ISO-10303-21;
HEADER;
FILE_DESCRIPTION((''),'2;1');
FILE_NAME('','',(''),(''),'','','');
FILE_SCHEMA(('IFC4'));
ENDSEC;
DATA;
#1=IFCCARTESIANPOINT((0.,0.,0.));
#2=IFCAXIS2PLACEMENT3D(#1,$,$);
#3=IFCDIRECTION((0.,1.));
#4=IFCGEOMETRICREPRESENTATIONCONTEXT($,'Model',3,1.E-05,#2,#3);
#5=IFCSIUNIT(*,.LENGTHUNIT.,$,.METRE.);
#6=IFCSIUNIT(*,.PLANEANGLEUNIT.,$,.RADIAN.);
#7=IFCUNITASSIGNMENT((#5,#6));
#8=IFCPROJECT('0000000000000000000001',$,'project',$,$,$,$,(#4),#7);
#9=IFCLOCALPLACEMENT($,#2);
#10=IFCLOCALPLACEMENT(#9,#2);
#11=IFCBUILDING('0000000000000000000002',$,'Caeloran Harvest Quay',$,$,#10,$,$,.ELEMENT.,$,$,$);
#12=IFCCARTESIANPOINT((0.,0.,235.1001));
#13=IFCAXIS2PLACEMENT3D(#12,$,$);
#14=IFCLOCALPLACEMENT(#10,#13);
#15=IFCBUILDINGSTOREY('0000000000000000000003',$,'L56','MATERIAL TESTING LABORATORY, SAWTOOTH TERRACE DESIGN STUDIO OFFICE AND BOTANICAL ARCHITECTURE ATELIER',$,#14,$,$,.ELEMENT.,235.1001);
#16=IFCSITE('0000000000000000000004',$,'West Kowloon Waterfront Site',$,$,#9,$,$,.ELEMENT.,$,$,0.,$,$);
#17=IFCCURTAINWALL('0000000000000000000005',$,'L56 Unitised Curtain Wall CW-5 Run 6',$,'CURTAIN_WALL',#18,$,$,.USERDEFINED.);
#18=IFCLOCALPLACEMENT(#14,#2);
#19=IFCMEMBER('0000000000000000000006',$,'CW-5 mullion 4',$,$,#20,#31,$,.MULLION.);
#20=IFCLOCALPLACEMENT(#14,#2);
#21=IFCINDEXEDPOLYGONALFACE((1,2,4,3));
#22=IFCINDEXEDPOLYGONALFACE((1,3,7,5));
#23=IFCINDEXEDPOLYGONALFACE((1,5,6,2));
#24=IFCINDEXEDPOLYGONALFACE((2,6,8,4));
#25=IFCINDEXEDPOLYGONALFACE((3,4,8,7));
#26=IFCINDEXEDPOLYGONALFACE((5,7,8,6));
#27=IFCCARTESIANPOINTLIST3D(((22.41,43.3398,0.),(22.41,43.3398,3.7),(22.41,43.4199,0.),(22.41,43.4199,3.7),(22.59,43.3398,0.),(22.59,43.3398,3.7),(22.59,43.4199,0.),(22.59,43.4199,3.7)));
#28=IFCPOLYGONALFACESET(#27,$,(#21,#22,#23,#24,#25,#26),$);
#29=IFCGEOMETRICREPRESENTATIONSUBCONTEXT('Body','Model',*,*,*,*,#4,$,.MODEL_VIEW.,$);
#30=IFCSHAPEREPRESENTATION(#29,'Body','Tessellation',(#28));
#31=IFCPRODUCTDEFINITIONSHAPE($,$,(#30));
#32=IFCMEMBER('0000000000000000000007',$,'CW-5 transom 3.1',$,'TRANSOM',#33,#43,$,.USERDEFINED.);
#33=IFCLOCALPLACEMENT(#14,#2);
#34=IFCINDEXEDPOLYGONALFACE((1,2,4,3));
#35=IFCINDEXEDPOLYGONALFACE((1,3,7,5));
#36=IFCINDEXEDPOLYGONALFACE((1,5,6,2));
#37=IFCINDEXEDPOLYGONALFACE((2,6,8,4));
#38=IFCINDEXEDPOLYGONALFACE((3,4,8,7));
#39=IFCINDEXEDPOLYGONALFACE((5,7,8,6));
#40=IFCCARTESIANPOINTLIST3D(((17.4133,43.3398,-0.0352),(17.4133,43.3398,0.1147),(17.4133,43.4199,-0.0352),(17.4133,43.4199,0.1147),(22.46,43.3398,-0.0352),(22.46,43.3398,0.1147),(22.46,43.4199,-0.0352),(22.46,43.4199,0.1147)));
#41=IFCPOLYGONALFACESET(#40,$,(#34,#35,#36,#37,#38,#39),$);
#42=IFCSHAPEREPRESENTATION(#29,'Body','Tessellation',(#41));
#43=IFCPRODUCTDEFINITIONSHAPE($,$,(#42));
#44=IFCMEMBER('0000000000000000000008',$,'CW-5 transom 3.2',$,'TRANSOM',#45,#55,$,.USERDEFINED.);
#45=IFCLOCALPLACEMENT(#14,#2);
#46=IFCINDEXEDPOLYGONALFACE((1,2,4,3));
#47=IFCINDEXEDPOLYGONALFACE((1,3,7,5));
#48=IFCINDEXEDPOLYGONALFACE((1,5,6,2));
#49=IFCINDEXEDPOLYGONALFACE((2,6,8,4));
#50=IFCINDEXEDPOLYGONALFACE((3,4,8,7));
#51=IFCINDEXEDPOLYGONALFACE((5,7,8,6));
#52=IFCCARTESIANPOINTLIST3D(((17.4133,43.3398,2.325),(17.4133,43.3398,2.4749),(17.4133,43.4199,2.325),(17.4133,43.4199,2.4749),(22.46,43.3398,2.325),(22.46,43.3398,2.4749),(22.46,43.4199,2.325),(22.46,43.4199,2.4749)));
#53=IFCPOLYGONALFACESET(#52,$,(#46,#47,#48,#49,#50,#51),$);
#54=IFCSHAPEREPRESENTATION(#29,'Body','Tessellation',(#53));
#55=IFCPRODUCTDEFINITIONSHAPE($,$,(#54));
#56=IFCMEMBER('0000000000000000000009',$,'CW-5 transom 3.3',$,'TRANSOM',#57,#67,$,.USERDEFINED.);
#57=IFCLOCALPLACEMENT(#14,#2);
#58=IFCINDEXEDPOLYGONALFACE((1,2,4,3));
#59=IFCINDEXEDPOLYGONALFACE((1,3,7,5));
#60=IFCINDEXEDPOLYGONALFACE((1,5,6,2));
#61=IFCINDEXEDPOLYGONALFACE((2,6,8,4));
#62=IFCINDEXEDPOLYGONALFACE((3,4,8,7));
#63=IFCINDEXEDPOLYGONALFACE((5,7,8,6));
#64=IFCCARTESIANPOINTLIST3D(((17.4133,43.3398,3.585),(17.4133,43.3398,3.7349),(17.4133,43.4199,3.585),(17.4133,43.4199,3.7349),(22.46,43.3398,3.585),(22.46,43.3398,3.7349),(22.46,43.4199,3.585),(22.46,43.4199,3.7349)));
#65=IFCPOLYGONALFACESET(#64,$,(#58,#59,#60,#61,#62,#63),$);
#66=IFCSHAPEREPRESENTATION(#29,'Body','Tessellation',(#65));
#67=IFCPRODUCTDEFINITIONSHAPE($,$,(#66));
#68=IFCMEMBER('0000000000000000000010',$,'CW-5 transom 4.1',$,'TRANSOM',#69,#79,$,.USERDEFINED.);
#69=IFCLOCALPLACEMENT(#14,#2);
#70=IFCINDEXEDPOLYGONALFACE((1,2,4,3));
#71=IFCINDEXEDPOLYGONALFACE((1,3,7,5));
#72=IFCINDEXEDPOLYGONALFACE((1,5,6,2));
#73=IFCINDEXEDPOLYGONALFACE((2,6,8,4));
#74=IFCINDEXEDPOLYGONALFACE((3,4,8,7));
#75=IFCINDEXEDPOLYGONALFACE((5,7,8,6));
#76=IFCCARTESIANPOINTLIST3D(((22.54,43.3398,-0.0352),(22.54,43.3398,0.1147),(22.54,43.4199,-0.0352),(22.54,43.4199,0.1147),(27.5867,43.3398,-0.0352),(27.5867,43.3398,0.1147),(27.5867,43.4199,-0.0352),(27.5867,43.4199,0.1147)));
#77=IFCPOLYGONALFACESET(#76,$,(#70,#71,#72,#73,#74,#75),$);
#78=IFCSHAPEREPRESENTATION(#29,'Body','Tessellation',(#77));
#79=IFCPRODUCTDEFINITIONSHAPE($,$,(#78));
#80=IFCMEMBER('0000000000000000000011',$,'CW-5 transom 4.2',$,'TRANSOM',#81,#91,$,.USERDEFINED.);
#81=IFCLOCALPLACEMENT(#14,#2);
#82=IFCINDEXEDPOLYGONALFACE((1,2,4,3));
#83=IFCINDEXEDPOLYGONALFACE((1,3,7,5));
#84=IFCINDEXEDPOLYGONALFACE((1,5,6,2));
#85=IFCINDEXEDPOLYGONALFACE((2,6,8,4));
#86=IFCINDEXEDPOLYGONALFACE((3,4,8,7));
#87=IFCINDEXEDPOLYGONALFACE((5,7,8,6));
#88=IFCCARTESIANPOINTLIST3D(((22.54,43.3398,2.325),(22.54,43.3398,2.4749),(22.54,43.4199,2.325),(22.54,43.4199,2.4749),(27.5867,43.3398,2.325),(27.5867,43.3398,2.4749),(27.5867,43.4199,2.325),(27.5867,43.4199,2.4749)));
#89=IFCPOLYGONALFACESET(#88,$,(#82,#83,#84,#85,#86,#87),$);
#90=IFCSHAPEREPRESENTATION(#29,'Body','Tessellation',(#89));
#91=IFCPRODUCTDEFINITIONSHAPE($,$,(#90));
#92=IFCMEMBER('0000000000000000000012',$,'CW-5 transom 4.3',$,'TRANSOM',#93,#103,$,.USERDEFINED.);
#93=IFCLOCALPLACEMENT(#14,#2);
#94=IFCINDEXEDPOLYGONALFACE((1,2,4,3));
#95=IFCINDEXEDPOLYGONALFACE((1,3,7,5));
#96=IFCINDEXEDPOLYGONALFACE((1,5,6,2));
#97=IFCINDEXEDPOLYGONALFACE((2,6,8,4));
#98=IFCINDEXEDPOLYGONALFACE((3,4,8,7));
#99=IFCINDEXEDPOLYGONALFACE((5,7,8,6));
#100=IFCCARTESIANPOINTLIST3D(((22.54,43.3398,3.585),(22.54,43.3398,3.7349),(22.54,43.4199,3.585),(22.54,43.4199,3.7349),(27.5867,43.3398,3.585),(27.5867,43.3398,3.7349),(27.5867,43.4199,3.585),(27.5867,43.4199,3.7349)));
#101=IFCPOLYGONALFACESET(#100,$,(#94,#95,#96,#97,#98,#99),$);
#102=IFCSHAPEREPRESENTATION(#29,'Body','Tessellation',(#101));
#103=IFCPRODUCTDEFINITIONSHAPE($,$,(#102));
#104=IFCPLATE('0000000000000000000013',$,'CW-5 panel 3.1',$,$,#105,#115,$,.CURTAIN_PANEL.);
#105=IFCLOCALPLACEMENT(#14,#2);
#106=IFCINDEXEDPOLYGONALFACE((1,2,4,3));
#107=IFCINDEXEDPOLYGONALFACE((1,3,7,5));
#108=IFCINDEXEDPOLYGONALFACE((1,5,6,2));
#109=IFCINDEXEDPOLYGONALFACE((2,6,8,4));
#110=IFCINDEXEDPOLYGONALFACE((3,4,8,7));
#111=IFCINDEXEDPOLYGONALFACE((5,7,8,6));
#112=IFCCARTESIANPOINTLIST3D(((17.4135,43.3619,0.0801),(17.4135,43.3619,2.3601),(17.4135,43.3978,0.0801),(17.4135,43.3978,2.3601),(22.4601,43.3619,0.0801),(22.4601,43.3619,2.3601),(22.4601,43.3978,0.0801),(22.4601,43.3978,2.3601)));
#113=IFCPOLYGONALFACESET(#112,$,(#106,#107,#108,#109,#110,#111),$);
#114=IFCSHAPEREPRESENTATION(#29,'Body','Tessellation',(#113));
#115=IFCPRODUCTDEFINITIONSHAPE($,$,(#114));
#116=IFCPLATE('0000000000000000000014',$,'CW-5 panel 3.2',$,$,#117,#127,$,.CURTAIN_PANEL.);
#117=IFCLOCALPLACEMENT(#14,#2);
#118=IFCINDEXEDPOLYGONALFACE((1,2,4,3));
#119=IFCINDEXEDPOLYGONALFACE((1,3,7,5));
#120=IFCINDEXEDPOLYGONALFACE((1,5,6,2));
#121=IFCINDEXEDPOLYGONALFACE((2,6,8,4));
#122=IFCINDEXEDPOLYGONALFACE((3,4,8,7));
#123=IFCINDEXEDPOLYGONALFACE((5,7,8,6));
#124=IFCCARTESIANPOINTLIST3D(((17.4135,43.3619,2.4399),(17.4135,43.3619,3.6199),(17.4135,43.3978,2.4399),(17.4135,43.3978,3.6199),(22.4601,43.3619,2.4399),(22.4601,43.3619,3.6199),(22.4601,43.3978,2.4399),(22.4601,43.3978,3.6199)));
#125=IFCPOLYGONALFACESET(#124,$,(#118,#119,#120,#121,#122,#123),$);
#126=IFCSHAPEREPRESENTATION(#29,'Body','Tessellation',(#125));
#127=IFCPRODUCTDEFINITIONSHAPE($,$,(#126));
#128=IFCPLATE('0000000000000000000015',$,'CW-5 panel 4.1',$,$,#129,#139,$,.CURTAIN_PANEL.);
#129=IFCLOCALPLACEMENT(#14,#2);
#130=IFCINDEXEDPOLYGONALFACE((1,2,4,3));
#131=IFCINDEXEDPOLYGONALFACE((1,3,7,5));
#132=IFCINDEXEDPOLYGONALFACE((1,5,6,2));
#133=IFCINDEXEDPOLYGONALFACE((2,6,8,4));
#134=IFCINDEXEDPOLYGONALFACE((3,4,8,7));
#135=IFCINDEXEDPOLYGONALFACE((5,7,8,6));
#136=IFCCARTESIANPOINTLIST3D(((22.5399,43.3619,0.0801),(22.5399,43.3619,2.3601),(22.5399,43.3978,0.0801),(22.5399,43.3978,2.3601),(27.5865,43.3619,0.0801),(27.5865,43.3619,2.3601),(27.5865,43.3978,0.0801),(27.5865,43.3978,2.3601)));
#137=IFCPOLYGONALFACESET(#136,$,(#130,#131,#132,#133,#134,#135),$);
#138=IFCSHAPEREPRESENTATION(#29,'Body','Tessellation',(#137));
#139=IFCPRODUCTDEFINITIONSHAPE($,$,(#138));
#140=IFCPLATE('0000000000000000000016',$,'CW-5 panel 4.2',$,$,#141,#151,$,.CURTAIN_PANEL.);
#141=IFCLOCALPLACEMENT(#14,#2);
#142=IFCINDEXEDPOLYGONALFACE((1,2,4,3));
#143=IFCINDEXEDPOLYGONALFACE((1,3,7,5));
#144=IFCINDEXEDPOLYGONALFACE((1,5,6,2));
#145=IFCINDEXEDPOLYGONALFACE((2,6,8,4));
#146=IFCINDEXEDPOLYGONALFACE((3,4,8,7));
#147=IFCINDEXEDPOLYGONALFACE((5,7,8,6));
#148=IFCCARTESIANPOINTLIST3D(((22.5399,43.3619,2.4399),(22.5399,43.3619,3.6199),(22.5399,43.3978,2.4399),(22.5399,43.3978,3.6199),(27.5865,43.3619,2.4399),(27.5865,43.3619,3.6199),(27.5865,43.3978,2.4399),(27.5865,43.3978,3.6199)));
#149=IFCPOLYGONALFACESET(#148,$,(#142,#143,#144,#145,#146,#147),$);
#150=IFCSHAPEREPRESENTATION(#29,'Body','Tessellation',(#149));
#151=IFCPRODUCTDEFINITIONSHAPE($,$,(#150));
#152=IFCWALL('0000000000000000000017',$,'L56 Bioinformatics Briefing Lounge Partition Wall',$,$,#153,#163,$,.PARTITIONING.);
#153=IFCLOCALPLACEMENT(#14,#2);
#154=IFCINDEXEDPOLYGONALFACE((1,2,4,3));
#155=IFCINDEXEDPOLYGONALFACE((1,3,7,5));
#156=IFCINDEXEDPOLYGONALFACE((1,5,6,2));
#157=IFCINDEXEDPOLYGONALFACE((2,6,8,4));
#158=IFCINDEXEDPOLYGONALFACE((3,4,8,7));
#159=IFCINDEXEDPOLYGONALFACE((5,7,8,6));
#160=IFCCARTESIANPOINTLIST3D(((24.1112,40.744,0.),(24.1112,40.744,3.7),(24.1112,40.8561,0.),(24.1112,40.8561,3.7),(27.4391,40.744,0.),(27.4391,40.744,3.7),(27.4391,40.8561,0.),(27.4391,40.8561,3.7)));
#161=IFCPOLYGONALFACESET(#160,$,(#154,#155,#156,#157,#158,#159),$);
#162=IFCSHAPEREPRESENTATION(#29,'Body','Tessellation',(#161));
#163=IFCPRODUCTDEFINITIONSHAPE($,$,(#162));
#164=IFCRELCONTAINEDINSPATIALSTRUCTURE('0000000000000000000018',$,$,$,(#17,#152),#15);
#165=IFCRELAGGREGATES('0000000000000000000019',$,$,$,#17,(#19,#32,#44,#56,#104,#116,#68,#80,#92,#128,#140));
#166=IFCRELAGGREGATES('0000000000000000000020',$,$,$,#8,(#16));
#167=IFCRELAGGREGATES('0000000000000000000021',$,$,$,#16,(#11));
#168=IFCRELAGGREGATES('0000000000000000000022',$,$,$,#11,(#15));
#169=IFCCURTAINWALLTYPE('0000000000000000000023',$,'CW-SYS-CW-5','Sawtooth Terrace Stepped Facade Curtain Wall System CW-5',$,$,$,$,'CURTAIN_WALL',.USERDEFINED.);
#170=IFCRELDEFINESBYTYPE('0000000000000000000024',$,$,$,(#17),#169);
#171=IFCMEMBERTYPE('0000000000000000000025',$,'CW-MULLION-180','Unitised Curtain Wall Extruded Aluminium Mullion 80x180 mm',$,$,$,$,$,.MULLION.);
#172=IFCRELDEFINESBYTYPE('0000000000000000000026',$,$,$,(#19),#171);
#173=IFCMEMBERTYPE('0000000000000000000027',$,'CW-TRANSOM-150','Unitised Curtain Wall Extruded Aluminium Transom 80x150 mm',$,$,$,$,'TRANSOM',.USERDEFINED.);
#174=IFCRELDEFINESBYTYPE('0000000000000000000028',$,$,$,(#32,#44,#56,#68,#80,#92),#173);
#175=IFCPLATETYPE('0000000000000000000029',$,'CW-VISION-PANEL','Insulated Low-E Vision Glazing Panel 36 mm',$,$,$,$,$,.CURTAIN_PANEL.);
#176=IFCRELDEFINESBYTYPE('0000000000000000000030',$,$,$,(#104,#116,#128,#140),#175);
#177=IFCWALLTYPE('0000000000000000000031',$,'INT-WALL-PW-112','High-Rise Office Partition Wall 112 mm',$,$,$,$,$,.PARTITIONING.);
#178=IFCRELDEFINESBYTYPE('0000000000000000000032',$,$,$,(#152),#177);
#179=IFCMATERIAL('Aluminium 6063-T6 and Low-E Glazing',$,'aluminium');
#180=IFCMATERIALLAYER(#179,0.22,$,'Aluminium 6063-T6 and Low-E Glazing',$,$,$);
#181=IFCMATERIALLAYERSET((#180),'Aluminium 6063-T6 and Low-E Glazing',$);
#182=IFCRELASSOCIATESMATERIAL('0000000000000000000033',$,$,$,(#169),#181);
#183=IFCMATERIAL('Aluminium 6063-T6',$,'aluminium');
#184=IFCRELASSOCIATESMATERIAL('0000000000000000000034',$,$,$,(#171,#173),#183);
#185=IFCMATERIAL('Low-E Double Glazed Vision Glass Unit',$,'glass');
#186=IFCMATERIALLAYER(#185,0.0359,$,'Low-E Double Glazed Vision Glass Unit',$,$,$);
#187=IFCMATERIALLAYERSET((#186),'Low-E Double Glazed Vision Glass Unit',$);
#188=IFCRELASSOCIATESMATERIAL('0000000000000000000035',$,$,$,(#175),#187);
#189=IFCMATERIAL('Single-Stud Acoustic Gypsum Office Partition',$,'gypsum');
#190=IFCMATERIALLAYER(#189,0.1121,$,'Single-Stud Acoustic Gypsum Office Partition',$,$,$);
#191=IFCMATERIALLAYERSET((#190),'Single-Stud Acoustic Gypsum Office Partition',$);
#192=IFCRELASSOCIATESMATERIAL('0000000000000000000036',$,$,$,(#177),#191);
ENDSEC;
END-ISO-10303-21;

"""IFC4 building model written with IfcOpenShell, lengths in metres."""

from ifc_helpers import new_model, si_unit, direction, frame, frame_2d, origin, origin_2d, place, context, subcontext, project, spatial, rectangle, extrude, material, layer, layer_set, material_profile, profile_set, type_object, element, aggregate, save


model = new_model("IFC4")

# Units and contexts
model_context = context("Model", 3, precision=1e-05, world=origin(), true_north=direction((0.0, 1.0)))
body_context = subcontext(model_context, "Body", "Model", "MODEL_VIEW")
ifc_project = project(units=[si_unit("LENGTHUNIT", "METRE"), si_unit("PLANEANGLEUNIT", "RADIAN")], contexts=[model_context])

# Site, building, storey
site_placement = place(None, origin())
site = spatial("IfcSite", under=ifc_project, at=site_placement, Name="West Kowloon Waterfront Site", CompositionType="ELEMENT", RefElevation=0.0)
building_placement = place(site_placement, origin())
building = spatial("IfcBuilding", under=site, at=building_placement, Name="Caeloran Harvest Quay", CompositionType="ELEMENT")
storey_placement = place(building_placement, frame((0.0, 0.0, 235.1001)))
storey = spatial("IfcBuildingStorey", under=building, at=storey_placement, Name="L56", Description="MATERIAL TESTING LABORATORY, SAWTOOTH TERRACE DESIGN STUDIO OFFICE AND BOTANICAL ARCHITECTURE ATELIER", CompositionType="ELEMENT", Elevation=235.1001)

# Curtain wall, members, plates
ifc_material_1 = material(Name="Aluminium 6063-T6 and Low-E Glazing", Category="aluminium")
ifc_layer_1 = layer(ifc_material_1, 0.22, Name="Aluminium 6063-T6 and Low-E Glazing")
ifc_layer_set_1 = layer_set([ifc_layer_1], Name="Aluminium 6063-T6 and Low-E Glazing")
curtain_wall_type = type_object("IfcCurtainWallType", Name="CW-SYS-CW-5", Description="Sawtooth Terrace Stepped Facade Curtain Wall System CW-5", ElementType="CURTAIN_WALL", PredefinedType="USERDEFINED", material=ifc_layer_set_1)
curtain_wall_placement = place(storey_placement, origin())
curtain_wall = element("IfcCurtainWall", 1, at=curtain_wall_placement, inside=storey, type_object=curtain_wall_type, Name="L56 Unitised Curtain Wall CW-5 Run 6", ObjectType="CURTAIN_WALL", PredefinedType="USERDEFINED")
ifc_material_2 = material(Name="Aluminium 6063-T6", Category="aluminium")
ifc_material_profile_1 = material_profile(ifc_material_2, rectangle(XDim=0.0801, YDim=0.1799, at=origin_2d()), Name="CW-MULLION-180")
ifc_profile_set_1 = profile_set([ifc_material_profile_1], Name="Aluminium 6063-T6")
member_type_1 = type_object("IfcMemberType", Name="CW-MULLION-180", Description="Unitised Curtain Wall Extruded Aluminium Mullion 80x180 mm", PredefinedType="MULLION", material=ifc_profile_set_1)
member_1_placement = place(storey_placement, frame((22.5, 43.3799, 0.0), z_axis=(0.0, 0.0, 1.0), x_axis=(0.0, 1.0, 0.0)))
member_1 = element("IfcMember", 2, at=member_1_placement, type_object=member_type_1, Name="CW-5 mullion 4", PredefinedType="MULLION", context=body_context, shape_type="SweptSolid", body=[
    extrude(rectangle(XDim=0.0801, YDim=0.1799, at=origin_2d()), origin(), (0.0, 0.0, 1.0), 3.7),
])
ifc_material_profile_2 = material_profile(ifc_material_2, rectangle(XDim=0.0801, YDim=0.1499, at=origin_2d()), Name="CW-TRANSOM-150")
ifc_profile_set_2 = profile_set([ifc_material_profile_2], Name="Aluminium 6063-T6")
member_type_2 = type_object("IfcMemberType", Name="CW-TRANSOM-150", Description="Unitised Curtain Wall Extruded Aluminium Transom 80x150 mm", ElementType="TRANSOM", PredefinedType="USERDEFINED", material=ifc_profile_set_2)
member_2_placement = place(storey_placement, frame((17.4133, 43.3799, 0.0398), z_axis=(1.0, 0.0, 0.0), x_axis=(0.0, 1.0, 0.0)))
member_2 = element("IfcMember", 3, at=member_2_placement, type_object=member_type_2, Name="CW-5 transom 3.1", ObjectType="TRANSOM", PredefinedType="USERDEFINED", context=body_context, shape_type="SweptSolid", body=[
    extrude(rectangle(XDim=0.0801, YDim=0.1499, at=origin_2d()), origin(), (0.0, 0.0, 1.0), 5.0466),
])
member_3_placement = place(storey_placement, frame((17.4133, 43.3799, 2.3999), z_axis=(1.0, 0.0, 0.0), x_axis=(0.0, 1.0, 0.0)))
member_3 = element("IfcMember", 4, at=member_3_placement, type_object=member_type_2, Name="CW-5 transom 3.2", ObjectType="TRANSOM", PredefinedType="USERDEFINED", context=body_context, shape_type="SweptSolid", body=[
    extrude(rectangle(XDim=0.0801, YDim=0.1499, at=origin_2d()), origin(), (0.0, 0.0, 1.0), 5.0466),
])
member_4_placement = place(storey_placement, frame((17.4133, 43.3799, 3.6599), z_axis=(1.0, 0.0, 0.0), x_axis=(0.0, 1.0, 0.0)))
member_4 = element("IfcMember", 5, at=member_4_placement, type_object=member_type_2, Name="CW-5 transom 3.3", ObjectType="TRANSOM", PredefinedType="USERDEFINED", context=body_context, shape_type="SweptSolid", body=[
    extrude(rectangle(XDim=0.0801, YDim=0.1499, at=origin_2d()), origin(), (0.0, 0.0, 1.0), 5.0466),
])
member_5_placement = place(storey_placement, frame((22.54, 43.3799, 0.0398), z_axis=(1.0, 0.0, 0.0), x_axis=(0.0, 1.0, 0.0)))
member_5 = element("IfcMember", 6, at=member_5_placement, type_object=member_type_2, Name="CW-5 transom 4.1", ObjectType="TRANSOM", PredefinedType="USERDEFINED", context=body_context, shape_type="SweptSolid", body=[
    extrude(rectangle(XDim=0.0801, YDim=0.1499, at=origin_2d()), origin(), (0.0, 0.0, 1.0), 5.0466),
])
member_6_placement = place(storey_placement, frame((22.54, 43.3799, 2.3999), z_axis=(1.0, 0.0, 0.0), x_axis=(0.0, 1.0, 0.0)))
member_6 = element("IfcMember", 7, at=member_6_placement, type_object=member_type_2, Name="CW-5 transom 4.2", ObjectType="TRANSOM", PredefinedType="USERDEFINED", context=body_context, shape_type="SweptSolid", body=[
    extrude(rectangle(XDim=0.0801, YDim=0.1499, at=origin_2d()), origin(), (0.0, 0.0, 1.0), 5.0466),
])
member_7_placement = place(storey_placement, frame((22.54, 43.3799, 3.6599), z_axis=(1.0, 0.0, 0.0), x_axis=(0.0, 1.0, 0.0)))
member_7 = element("IfcMember", 8, at=member_7_placement, type_object=member_type_2, Name="CW-5 transom 4.3", ObjectType="TRANSOM", PredefinedType="USERDEFINED", context=body_context, shape_type="SweptSolid", body=[
    extrude(rectangle(XDim=0.0801, YDim=0.1499, at=origin_2d()), origin(), (0.0, 0.0, 1.0), 5.0466),
])
ifc_material_3 = material(Name="Low-E Double Glazed Vision Glass Unit", Category="glass")
ifc_layer_2 = layer(ifc_material_3, 0.0359, Name="Low-E Double Glazed Vision Glass Unit")
ifc_layer_set_2 = layer_set([ifc_layer_2], Name="Low-E Double Glazed Vision Glass Unit")
plate_type = type_object("IfcPlateType", Name="CW-VISION-PANEL", Description="Insulated Low-E Vision Glazing Panel 36 mm", PredefinedType="CURTAIN_PANEL", material=ifc_layer_set_2)
plate_1_placement = place(storey_placement, frame((19.9368, 43.3799, 0.0801), z_axis=(0.0, 0.0, 1.0), x_axis=(1.0, 0.0, 0.0)))
plate_1 = element("IfcPlate", 9, at=plate_1_placement, type_object=plate_type, Name="CW-5 panel 3.1", PredefinedType="CURTAIN_PANEL", context=body_context, shape_type="SweptSolid", body=[
    extrude(rectangle(XDim=5.0466, YDim=0.0359, at=origin_2d()), origin(), (0.0, 0.0, 1.0), 2.28),
])
plate_2_placement = place(storey_placement, frame((19.9368, 43.3799, 2.4399), z_axis=(0.0, 0.0, 1.0), x_axis=(1.0, 0.0, 0.0)))
plate_2 = element("IfcPlate", 10, at=plate_2_placement, type_object=plate_type, Name="CW-5 panel 3.2", PredefinedType="CURTAIN_PANEL", context=body_context, shape_type="SweptSolid", body=[
    extrude(rectangle(XDim=5.0466, YDim=0.0359, at=origin_2d()), origin(), (0.0, 0.0, 1.0), 1.1799),
])
plate_3_placement = place(storey_placement, frame((25.0632, 43.3799, 0.0801), z_axis=(0.0, 0.0, 1.0), x_axis=(1.0, 0.0, 0.0)))
plate_3 = element("IfcPlate", 11, at=plate_3_placement, type_object=plate_type, Name="CW-5 panel 4.1", PredefinedType="CURTAIN_PANEL", context=body_context, shape_type="SweptSolid", body=[
    extrude(rectangle(XDim=5.0466, YDim=0.0359, at=origin_2d()), origin(), (0.0, 0.0, 1.0), 2.28),
])
plate_4_placement = place(storey_placement, frame((25.0632, 43.3799, 2.4399), z_axis=(0.0, 0.0, 1.0), x_axis=(1.0, 0.0, 0.0)))
plate_4 = element("IfcPlate", 12, at=plate_4_placement, type_object=plate_type, Name="CW-5 panel 4.2", PredefinedType="CURTAIN_PANEL", context=body_context, shape_type="SweptSolid", body=[
    extrude(rectangle(XDim=5.0466, YDim=0.0359, at=origin_2d()), origin(), (0.0, 0.0, 1.0), 1.1799),
])
aggregate(curtain_wall, [member_1, member_2, member_3, member_4, plate_1, plate_2, member_5, member_6, member_7, plate_3, plate_4])

# Wall
ifc_material_4 = material(Name="Single-Stud Acoustic Gypsum Office Partition", Category="gypsum")
ifc_layer_3 = layer(ifc_material_4, 0.1121, Name="Single-Stud Acoustic Gypsum Office Partition")
ifc_layer_set_3 = layer_set([ifc_layer_3], Name="Single-Stud Acoustic Gypsum Office Partition")
wall_type_1 = type_object("IfcWallType", Name="INT-WALL-PW-112", Description="High-Rise Office Partition Wall 112 mm", PredefinedType="PARTITIONING", material=ifc_layer_set_3)
wall_1_placement = place(storey_placement, frame((24.1111, 40.8, 0.0), z_axis=(0.0, 0.0, 1.0), x_axis=(1.0, 0.0, 0.0)))
element("IfcWall", 13, at=wall_1_placement, inside=storey, type_object=wall_type_1, Name="L56 Bioinformatics Briefing Lounge Partition Wall", PredefinedType="PARTITIONING", context=body_context, shape_type="SweptSolid", body=[
    extrude(rectangle(XDim=3.3279, YDim=0.1121, at=frame_2d((1.6641, 0.0))), origin(), (0.0, 0.0, 1.0), 3.7),
])

save(model, "model.ifc")
